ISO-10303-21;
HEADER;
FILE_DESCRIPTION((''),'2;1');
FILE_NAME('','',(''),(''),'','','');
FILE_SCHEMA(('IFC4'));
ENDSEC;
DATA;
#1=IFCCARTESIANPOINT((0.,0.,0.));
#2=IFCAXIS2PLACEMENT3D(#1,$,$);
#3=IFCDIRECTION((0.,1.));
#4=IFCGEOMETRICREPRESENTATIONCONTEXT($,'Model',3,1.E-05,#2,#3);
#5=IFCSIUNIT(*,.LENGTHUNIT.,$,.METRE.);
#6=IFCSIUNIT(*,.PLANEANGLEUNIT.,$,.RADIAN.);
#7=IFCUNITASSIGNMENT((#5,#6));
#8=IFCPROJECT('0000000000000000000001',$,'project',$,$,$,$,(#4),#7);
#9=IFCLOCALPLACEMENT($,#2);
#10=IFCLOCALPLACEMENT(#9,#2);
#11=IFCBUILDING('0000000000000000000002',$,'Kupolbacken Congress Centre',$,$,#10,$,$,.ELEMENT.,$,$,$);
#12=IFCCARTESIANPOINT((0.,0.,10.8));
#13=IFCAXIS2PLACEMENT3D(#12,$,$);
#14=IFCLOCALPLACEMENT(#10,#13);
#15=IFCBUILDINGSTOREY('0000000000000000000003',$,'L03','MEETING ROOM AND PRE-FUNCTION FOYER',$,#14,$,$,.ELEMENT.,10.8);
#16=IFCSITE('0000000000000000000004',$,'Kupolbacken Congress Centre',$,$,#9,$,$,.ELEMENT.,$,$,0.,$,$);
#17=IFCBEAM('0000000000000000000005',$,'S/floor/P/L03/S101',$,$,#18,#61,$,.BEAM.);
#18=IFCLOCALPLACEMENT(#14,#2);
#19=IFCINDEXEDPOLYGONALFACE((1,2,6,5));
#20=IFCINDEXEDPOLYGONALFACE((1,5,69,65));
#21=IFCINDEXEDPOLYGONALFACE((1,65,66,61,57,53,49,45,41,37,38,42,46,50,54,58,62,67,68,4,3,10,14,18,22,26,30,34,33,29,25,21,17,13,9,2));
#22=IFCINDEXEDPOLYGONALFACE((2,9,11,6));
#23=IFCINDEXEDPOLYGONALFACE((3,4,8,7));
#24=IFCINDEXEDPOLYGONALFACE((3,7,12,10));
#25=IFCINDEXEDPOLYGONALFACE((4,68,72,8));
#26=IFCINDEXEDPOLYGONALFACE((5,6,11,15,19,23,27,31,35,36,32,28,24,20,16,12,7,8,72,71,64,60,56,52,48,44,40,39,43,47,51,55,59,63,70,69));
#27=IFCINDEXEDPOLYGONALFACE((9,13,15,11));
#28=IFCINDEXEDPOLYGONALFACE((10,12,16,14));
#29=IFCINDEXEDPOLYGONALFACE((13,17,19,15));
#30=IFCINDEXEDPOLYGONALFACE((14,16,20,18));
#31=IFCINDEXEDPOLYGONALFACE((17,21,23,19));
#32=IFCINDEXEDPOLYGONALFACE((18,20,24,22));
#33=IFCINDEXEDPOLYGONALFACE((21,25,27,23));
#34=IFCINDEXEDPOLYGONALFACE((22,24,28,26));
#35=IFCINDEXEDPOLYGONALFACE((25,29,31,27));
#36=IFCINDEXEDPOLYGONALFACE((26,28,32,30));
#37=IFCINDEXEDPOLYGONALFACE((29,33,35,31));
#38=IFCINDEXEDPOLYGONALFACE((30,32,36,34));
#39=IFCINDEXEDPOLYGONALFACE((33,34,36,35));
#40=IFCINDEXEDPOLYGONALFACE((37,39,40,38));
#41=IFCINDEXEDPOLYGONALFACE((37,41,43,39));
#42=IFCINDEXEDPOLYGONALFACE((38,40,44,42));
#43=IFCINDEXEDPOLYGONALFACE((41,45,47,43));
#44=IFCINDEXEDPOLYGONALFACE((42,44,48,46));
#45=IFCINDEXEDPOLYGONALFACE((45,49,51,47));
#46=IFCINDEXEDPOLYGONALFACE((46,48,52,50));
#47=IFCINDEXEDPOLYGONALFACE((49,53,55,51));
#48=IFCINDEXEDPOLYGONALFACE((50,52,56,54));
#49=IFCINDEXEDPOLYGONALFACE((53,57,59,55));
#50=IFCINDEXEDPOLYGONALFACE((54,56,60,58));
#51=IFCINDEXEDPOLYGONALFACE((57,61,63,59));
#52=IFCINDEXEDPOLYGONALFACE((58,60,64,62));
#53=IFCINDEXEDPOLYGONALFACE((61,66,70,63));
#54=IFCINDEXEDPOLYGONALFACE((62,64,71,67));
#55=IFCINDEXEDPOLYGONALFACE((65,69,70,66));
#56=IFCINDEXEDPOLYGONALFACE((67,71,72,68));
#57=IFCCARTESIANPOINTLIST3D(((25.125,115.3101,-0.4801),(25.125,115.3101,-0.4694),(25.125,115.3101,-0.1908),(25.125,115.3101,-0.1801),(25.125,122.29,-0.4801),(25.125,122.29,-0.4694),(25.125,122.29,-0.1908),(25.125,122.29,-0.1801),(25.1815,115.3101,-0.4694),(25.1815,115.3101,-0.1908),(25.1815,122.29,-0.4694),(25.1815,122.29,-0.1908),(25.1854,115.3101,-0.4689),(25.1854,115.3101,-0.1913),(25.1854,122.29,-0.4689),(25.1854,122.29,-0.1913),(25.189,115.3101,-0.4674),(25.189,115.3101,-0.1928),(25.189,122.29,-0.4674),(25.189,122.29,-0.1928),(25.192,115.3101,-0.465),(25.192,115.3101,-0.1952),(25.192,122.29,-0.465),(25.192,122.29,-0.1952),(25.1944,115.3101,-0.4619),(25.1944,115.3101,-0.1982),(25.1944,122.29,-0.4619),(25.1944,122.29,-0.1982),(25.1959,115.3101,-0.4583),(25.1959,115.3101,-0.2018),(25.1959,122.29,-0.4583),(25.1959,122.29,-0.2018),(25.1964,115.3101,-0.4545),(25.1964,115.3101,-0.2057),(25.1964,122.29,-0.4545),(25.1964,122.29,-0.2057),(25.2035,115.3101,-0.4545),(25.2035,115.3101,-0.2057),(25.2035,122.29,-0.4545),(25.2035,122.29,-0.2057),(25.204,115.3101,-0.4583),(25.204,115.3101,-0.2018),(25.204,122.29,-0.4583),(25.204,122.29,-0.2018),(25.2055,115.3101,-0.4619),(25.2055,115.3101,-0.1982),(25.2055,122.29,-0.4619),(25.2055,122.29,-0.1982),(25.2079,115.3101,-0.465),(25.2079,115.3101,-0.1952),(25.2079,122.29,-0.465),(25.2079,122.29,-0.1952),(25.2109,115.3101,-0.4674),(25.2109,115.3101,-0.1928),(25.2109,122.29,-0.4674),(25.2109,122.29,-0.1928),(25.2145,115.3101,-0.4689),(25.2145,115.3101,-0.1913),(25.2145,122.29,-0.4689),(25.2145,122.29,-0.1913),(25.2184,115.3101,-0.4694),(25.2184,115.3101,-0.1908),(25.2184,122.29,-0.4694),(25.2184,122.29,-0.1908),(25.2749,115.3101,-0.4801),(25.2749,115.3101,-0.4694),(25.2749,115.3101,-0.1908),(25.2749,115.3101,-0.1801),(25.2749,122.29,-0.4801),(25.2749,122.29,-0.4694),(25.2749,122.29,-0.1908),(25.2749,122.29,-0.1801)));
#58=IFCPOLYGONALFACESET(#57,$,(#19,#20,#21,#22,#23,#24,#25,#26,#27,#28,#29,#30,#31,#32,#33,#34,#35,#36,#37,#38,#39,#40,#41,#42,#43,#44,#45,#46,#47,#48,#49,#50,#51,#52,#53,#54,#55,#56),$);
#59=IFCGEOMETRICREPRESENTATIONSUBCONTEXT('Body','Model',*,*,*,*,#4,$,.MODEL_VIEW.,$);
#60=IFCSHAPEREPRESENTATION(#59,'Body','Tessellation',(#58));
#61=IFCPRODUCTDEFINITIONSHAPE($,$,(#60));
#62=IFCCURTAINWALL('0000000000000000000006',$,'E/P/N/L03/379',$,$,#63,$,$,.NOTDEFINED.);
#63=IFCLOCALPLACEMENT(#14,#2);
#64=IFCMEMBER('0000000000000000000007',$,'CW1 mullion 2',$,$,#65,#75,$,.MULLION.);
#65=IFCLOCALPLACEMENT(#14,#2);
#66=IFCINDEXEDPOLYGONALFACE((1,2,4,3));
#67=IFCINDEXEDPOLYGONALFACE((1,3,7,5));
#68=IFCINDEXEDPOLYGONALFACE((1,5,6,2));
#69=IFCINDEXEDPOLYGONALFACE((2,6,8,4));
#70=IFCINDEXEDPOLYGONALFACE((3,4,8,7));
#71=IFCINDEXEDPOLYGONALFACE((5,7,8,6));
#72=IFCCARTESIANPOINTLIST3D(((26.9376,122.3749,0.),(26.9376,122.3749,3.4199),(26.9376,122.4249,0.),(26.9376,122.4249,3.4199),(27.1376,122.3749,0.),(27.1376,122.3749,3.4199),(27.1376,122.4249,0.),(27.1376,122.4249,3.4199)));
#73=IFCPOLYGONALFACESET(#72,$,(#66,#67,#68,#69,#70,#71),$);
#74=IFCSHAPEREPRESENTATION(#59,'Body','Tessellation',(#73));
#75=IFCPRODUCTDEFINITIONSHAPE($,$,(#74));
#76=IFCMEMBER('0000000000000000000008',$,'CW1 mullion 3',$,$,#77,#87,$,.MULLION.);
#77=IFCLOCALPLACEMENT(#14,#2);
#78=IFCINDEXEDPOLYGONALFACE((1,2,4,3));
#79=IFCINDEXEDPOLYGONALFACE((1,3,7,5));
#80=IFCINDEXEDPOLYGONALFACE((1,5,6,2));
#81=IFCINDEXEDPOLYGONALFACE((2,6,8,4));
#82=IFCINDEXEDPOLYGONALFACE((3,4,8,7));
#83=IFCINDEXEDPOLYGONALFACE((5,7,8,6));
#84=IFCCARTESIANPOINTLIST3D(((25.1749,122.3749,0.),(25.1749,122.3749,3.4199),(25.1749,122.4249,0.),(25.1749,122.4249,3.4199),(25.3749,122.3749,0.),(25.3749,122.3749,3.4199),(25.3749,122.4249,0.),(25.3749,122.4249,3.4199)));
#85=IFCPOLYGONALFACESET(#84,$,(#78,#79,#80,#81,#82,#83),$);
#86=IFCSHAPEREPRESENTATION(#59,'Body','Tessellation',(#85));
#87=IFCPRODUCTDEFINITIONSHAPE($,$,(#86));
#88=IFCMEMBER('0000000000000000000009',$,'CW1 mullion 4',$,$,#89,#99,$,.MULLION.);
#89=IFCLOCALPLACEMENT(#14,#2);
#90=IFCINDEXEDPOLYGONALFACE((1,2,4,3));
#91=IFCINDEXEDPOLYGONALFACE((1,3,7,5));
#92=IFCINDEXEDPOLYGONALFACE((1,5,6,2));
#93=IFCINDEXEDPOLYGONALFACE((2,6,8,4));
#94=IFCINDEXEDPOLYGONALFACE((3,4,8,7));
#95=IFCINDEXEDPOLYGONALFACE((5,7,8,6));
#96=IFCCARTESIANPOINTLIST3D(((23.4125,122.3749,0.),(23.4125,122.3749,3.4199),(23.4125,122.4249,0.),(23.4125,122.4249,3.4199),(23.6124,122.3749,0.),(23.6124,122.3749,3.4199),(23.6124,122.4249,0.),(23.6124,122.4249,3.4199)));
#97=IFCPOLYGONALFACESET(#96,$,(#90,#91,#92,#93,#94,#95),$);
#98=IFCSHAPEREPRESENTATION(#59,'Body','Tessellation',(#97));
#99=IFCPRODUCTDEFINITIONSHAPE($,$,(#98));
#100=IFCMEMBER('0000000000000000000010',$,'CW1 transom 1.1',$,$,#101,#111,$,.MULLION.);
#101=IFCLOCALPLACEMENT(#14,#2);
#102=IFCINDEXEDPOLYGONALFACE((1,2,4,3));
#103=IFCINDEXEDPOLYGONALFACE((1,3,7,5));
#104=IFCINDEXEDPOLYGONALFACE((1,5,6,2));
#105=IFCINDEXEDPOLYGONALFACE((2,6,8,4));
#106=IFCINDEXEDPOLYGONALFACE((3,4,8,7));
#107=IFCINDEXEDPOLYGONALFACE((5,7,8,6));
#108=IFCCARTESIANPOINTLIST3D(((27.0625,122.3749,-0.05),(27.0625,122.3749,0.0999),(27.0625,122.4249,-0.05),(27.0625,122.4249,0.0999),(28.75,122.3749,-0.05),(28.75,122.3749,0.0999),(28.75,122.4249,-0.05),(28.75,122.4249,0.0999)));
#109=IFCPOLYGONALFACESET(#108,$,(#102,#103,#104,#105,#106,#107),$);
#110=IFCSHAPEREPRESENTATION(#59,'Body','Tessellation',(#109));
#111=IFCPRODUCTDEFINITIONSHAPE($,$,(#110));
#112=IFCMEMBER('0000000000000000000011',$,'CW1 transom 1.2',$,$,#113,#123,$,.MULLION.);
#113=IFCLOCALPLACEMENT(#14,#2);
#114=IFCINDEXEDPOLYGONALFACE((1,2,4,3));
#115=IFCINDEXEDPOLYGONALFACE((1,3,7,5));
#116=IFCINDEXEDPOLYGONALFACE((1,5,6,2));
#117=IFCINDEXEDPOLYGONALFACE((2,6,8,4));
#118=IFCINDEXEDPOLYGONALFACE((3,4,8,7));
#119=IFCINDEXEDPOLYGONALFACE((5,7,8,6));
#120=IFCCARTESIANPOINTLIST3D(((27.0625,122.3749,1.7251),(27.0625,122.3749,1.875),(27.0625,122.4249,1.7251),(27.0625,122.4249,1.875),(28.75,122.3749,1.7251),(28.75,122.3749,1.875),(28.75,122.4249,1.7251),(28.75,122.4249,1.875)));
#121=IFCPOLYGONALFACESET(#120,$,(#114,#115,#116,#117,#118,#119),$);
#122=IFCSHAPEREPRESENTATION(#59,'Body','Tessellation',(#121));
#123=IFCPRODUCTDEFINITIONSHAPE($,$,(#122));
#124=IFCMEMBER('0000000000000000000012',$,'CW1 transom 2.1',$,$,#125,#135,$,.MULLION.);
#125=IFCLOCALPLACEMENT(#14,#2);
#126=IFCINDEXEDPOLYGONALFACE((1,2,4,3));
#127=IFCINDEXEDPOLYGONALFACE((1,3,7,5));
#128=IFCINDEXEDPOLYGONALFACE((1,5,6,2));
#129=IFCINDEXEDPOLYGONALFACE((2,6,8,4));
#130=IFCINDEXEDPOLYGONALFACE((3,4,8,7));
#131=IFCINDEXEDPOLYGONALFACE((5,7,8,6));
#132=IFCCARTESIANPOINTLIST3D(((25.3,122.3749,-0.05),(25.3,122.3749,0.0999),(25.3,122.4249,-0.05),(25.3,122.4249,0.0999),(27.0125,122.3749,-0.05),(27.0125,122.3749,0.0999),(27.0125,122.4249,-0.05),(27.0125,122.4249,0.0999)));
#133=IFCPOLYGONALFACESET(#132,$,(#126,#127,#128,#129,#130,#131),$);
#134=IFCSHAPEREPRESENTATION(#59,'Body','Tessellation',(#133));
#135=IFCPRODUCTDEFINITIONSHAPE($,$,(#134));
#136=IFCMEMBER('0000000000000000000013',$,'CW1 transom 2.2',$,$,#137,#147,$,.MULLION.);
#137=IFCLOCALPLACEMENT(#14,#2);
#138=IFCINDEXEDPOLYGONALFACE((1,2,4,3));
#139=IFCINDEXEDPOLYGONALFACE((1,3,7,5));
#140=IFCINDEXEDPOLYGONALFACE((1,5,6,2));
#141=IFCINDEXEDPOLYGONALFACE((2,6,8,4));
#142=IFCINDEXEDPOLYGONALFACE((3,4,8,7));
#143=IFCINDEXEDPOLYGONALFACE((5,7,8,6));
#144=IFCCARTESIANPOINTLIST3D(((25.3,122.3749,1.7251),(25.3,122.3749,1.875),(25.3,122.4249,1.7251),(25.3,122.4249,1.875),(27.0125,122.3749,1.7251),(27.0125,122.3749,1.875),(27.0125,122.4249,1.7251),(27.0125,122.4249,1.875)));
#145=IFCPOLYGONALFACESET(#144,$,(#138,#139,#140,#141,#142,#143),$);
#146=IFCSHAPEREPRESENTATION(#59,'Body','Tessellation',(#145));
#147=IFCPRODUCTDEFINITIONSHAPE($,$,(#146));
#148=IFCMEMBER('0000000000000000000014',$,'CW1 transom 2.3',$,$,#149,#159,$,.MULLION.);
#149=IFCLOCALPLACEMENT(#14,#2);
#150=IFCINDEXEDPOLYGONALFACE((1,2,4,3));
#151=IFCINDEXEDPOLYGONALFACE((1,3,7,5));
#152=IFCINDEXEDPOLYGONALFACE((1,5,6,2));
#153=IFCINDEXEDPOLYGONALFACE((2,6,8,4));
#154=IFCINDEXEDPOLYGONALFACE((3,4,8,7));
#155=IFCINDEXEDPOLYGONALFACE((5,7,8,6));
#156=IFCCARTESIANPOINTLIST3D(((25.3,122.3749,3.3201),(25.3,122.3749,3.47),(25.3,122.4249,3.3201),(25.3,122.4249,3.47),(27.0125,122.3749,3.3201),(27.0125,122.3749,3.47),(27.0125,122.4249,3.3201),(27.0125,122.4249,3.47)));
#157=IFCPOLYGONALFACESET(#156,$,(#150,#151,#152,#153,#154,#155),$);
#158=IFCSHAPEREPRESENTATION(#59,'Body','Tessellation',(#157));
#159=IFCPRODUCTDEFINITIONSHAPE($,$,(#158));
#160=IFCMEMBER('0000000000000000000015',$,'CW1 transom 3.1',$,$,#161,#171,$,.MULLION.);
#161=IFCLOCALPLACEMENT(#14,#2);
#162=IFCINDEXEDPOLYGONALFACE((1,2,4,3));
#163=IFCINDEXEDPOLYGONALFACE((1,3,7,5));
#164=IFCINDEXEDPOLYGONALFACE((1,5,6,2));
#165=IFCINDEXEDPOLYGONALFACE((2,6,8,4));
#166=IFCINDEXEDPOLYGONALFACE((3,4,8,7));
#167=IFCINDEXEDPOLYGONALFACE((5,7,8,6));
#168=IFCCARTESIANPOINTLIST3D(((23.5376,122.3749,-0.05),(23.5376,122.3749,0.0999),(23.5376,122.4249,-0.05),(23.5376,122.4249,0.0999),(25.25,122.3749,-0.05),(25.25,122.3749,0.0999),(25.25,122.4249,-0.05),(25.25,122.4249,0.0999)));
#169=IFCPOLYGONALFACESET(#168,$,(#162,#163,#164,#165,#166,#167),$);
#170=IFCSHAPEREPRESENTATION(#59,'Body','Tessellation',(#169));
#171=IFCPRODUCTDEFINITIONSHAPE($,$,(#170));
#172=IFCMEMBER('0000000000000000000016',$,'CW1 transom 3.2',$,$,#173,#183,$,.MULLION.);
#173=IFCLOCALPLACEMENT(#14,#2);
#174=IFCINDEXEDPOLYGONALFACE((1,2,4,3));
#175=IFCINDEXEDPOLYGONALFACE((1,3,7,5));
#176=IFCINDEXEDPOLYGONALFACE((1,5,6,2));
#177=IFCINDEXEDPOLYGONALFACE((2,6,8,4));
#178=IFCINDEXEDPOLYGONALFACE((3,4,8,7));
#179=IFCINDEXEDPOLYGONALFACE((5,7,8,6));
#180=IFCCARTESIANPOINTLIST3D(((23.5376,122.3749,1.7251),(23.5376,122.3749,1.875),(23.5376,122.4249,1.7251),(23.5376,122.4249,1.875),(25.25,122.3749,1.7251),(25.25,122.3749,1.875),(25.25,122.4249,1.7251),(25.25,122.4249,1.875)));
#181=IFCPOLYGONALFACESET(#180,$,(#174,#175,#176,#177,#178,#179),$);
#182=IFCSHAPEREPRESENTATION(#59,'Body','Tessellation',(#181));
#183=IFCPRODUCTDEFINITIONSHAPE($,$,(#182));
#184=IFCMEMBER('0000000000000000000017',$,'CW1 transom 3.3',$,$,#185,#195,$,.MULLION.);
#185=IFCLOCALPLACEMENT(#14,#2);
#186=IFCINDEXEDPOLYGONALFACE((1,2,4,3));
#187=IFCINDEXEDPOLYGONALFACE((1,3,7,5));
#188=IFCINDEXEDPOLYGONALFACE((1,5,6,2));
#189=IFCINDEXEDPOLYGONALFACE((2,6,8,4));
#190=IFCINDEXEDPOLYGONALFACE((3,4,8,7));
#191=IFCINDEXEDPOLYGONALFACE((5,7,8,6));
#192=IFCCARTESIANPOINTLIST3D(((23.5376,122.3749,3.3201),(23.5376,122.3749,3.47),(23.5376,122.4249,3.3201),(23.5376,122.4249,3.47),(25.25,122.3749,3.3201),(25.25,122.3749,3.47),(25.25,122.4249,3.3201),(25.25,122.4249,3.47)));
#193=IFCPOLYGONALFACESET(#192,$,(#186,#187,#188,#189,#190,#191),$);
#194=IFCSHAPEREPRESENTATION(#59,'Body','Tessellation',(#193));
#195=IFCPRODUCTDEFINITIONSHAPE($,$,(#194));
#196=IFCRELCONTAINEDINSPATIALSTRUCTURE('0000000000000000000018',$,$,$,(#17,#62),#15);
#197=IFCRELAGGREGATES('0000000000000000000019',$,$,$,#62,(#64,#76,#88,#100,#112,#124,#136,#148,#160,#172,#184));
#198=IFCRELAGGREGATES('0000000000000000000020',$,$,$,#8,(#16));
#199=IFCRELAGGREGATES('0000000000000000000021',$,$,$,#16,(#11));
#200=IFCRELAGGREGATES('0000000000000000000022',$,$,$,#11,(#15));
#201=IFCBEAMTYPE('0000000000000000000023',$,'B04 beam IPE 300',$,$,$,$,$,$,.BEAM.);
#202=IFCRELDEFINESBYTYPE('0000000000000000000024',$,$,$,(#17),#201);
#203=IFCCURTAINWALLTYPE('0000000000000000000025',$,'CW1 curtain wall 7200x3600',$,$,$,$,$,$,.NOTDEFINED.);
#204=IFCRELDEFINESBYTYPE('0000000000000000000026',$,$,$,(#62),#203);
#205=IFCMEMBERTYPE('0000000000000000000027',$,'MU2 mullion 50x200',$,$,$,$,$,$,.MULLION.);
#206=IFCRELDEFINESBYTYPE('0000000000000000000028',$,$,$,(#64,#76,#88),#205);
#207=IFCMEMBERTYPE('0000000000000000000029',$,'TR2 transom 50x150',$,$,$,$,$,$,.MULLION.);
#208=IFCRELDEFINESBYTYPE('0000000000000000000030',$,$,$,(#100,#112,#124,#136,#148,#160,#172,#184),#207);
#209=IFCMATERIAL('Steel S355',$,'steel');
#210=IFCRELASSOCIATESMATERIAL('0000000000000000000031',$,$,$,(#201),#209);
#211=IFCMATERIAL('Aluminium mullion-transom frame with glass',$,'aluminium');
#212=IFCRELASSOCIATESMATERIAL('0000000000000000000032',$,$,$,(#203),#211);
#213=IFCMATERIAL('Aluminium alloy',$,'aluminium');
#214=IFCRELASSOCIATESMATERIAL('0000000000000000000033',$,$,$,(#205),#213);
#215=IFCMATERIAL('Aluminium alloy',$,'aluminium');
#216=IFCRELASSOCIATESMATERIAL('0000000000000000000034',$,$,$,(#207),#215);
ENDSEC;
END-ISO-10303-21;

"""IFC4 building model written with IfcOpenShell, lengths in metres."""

from ifc_helpers import new_model, si_unit, direction, frame, origin, origin_2d, place, context, subcontext, project, spatial, rectangle, i_section, extrude, material, material_profile, profile_set, type_object, element, aggregate, save


model = new_model("IFC4")

# Units and contexts
model_context = context("Model", 3, precision=1e-05, world=origin(), true_north=direction((0.0, 1.0)))
body_context = subcontext(model_context, "Body", "Model", "MODEL_VIEW")
ifc_project = project(units=[si_unit("LENGTHUNIT", "METRE"), si_unit("PLANEANGLEUNIT", "RADIAN")], contexts=[model_context])

# Site, building, storey
site_placement = place(None, origin())
site = spatial("IfcSite", under=ifc_project, at=site_placement, Name="Kupolbacken Congress Centre", CompositionType="ELEMENT", RefElevation=0.0)
building_placement = place(site_placement, origin())
building = spatial("IfcBuilding", under=site, at=building_placement, Name="Kupolbacken Congress Centre", CompositionType="ELEMENT")
storey_placement = place(building_placement, frame((0.0, 0.0, 10.8)))
storey = spatial("IfcBuildingStorey", under=building, at=storey_placement, Name="L03", Description="MEETING ROOM AND PRE-FUNCTION FOYER", CompositionType="ELEMENT", Elevation=10.8)

# Beam
ifc_material_1 = material(Name="Steel S355", Category="steel")
ifc_material_profile_1 = material_profile(ifc_material_1, i_section(OverallWidth=0.1499, OverallDepth=0.3, WebThickness=0.0071, FlangeThickness=0.0107, FilletRadius=0.0149, at=origin_2d()), Name="IPE 300")
ifc_profile_set_1 = profile_set([ifc_material_profile_1], Name="Steel S355")
beam_type = type_object("IfcBeamType", Name="B04 beam IPE 300", PredefinedType="BEAM", material=ifc_profile_set_1)
beam_placement = place(storey_placement, frame((25.2, 115.3101, -0.3301), z_axis=(0.0, 1.0, 0.0), x_axis=(-1.0, 0.0, 0.0)))
element("IfcBeam", 1, at=beam_placement, inside=storey, type_object=beam_type, Name="S/floor/P/L03/S101", PredefinedType="BEAM", context=body_context, shape_type="SweptSolid", body=[
    extrude(i_section(OverallWidth=0.1499, OverallDepth=0.3, WebThickness=0.0071, FlangeThickness=0.0107, FilletRadius=0.0149, at=origin_2d()), origin(), (0.0, 0.0, 1.0), 6.98),
])

# Curtain wall, members
ifc_material_2 = material(Name="Aluminium mullion-transom frame with glass", Category="aluminium")
curtain_wall_type = type_object("IfcCurtainWallType", Name="CW1 curtain wall 7200x3600", PredefinedType="NOTDEFINED", material=ifc_material_2)
curtain_wall_placement = place(storey_placement, origin())
curtain_wall = element("IfcCurtainWall", 2, at=curtain_wall_placement, inside=storey, type_object=curtain_wall_type, Name="E/P/N/L03/379", PredefinedType="NOTDEFINED")
ifc_material_3 = material(Name="Aluminium alloy", Category="aluminium")
ifc_material_profile_2 = material_profile(ifc_material_3, rectangle(XDim=0.05, YDim=0.2, at=origin_2d()), Name="50 x 200")
ifc_profile_set_2 = profile_set([ifc_material_profile_2], Name="Aluminium alloy")
member_type_1 = type_object("IfcMemberType", Name="MU2 mullion 50x200", PredefinedType="MULLION", material=ifc_profile_set_2)
member_1_placement = place(storey_placement, frame((27.0376, 122.3999, 0.0), z_axis=(0.0, 0.0, 1.0), x_axis=(0.0, -1.0, 0.0)))
member_1 = element("IfcMember", 3, at=member_1_placement, type_object=member_type_1, Name="CW1 mullion 2", PredefinedType="MULLION", context=body_context, shape_type="SweptSolid", body=[
    extrude(rectangle(XDim=0.05, YDim=0.2, at=origin_2d()), origin(), (0.0, 0.0, 1.0), 3.4199),
])
member_2_placement = place(storey_placement, frame((25.2749, 122.3999, 0.0), z_axis=(0.0, 0.0, 1.0), x_axis=(0.0, -1.0, 0.0)))
member_2 = element("IfcMember", 4, at=member_2_placement, type_object=member_type_1, Name="CW1 mullion 3", PredefinedType="MULLION", context=body_context, shape_type="SweptSolid", body=[
    extrude(rectangle(XDim=0.05, YDim=0.2, at=origin_2d()), origin(), (0.0, 0.0, 1.0), 3.4199),
])
member_3_placement = place(storey_placement, frame((23.5125, 122.3999, 0.0), z_axis=(0.0, 0.0, 1.0), x_axis=(0.0, -1.0, 0.0)))
member_3 = element("IfcMember", 5, at=member_3_placement, type_object=member_type_1, Name="CW1 mullion 4", PredefinedType="MULLION", context=body_context, shape_type="SweptSolid", body=[
    extrude(rectangle(XDim=0.05, YDim=0.2, at=origin_2d()), origin(), (0.0, 0.0, 1.0), 3.4199),
])
ifc_material_4 = material(Name="Aluminium alloy", Category="aluminium")
ifc_material_profile_3 = material_profile(ifc_material_4, rectangle(XDim=0.05, YDim=0.1499, at=origin_2d()), Name="50 x 150")
ifc_profile_set_3 = profile_set([ifc_material_profile_3], Name="Aluminium alloy")
member_type_2 = type_object("IfcMemberType", Name="TR2 transom 50x150", PredefinedType="MULLION", material=ifc_profile_set_3)
member_4_placement = place(storey_placement, frame((28.75, 122.3999, 0.0249), z_axis=(-1.0, 0.0, 0.0), x_axis=(0.0, -1.0, 0.0)))
member_4 = element("IfcMember", 6, at=member_4_placement, type_object=member_type_2, Name="CW1 transom 1.1", PredefinedType="MULLION", context=body_context, shape_type="SweptSolid", body=[
    extrude(rectangle(XDim=0.05, YDim=0.1499, at=origin_2d()), origin(), (0.0, 0.0, 1.0), 1.6875),
])
member_5_placement = place(storey_placement, frame((28.75, 122.3999, 1.8), z_axis=(-1.0, 0.0, 0.0), x_axis=(0.0, -1.0, 0.0)))
member_5 = element("IfcMember", 7, at=member_5_placement, type_object=member_type_2, Name="CW1 transom 1.2", PredefinedType="MULLION", context=body_context, shape_type="SweptSolid", body=[
    extrude(rectangle(XDim=0.05, YDim=0.1499, at=origin_2d()), origin(), (0.0, 0.0, 1.0), 1.6875),
])
member_6_placement = place(storey_placement, frame((27.0125, 122.3999, 0.0249), z_axis=(-1.0, 0.0, 0.0), x_axis=(0.0, -1.0, 0.0)))
member_6 = element("IfcMember", 8, at=member_6_placement, type_object=member_type_2, Name="CW1 transom 2.1", PredefinedType="MULLION", context=body_context, shape_type="SweptSolid", body=[
    extrude(rectangle(XDim=0.05, YDim=0.1499, at=origin_2d()), origin(), (0.0, 0.0, 1.0), 1.7124),
])
member_7_placement = place(storey_placement, frame((27.0125, 122.3999, 1.8), z_axis=(-1.0, 0.0, 0.0), x_axis=(0.0, -1.0, 0.0)))
member_7 = element("IfcMember", 9, at=member_7_placement, type_object=member_type_2, Name="CW1 transom 2.2", PredefinedType="MULLION", context=body_context, shape_type="SweptSolid", body=[
    extrude(rectangle(XDim=0.05, YDim=0.1499, at=origin_2d()), origin(), (0.0, 0.0, 1.0), 1.7124),
])
member_8_placement = place(storey_placement, frame((27.0125, 122.3999, 3.395), z_axis=(-1.0, 0.0, 0.0), x_axis=(0.0, -1.0, 0.0)))
member_8 = element("IfcMember", 10, at=member_8_placement, type_object=member_type_2, Name="CW1 transom 2.3", PredefinedType="MULLION", context=body_context, shape_type="SweptSolid", body=[
    extrude(rectangle(XDim=0.05, YDim=0.1499, at=origin_2d()), origin(), (0.0, 0.0, 1.0), 1.7124),
])
member_9_placement = place(storey_placement, frame((25.25, 122.3999, 0.0249), z_axis=(-1.0, 0.0, 0.0), x_axis=(0.0, -1.0, 0.0)))
member_9 = element("IfcMember", 11, at=member_9_placement, type_object=member_type_2, Name="CW1 transom 3.1", PredefinedType="MULLION", context=body_context, shape_type="SweptSolid", body=[
    extrude(rectangle(XDim=0.05, YDim=0.1499, at=origin_2d()), origin(), (0.0, 0.0, 1.0), 1.7124),
])
member_10_placement = place(storey_placement, frame((25.25, 122.3999, 1.8), z_axis=(-1.0, 0.0, 0.0), x_axis=(0.0, -1.0, 0.0)))
member_10 = element("IfcMember", 12, at=member_10_placement, type_object=member_type_2, Name="CW1 transom 3.2", PredefinedType="MULLION", context=body_context, shape_type="SweptSolid", body=[
    extrude(rectangle(XDim=0.05, YDim=0.1499, at=origin_2d()), origin(), (0.0, 0.0, 1.0), 1.7124),
])
member_11_placement = place(storey_placement, frame((25.25, 122.3999, 3.395), z_axis=(-1.0, 0.0, 0.0), x_axis=(0.0, -1.0, 0.0)))
member_11 = element("IfcMember", 13, at=member_11_placement, type_object=member_type_2, Name="CW1 transom 3.3", PredefinedType="MULLION", context=body_context, shape_type="SweptSolid", body=[
    extrude(rectangle(XDim=0.05, YDim=0.1499, at=origin_2d()), origin(), (0.0, 0.0, 1.0), 1.7124),
])
aggregate(curtain_wall, [member_1, member_2, member_3, member_4, member_5, member_6, member_7, member_8, member_9, member_10, member_11])

save(model, "model.ifc")
